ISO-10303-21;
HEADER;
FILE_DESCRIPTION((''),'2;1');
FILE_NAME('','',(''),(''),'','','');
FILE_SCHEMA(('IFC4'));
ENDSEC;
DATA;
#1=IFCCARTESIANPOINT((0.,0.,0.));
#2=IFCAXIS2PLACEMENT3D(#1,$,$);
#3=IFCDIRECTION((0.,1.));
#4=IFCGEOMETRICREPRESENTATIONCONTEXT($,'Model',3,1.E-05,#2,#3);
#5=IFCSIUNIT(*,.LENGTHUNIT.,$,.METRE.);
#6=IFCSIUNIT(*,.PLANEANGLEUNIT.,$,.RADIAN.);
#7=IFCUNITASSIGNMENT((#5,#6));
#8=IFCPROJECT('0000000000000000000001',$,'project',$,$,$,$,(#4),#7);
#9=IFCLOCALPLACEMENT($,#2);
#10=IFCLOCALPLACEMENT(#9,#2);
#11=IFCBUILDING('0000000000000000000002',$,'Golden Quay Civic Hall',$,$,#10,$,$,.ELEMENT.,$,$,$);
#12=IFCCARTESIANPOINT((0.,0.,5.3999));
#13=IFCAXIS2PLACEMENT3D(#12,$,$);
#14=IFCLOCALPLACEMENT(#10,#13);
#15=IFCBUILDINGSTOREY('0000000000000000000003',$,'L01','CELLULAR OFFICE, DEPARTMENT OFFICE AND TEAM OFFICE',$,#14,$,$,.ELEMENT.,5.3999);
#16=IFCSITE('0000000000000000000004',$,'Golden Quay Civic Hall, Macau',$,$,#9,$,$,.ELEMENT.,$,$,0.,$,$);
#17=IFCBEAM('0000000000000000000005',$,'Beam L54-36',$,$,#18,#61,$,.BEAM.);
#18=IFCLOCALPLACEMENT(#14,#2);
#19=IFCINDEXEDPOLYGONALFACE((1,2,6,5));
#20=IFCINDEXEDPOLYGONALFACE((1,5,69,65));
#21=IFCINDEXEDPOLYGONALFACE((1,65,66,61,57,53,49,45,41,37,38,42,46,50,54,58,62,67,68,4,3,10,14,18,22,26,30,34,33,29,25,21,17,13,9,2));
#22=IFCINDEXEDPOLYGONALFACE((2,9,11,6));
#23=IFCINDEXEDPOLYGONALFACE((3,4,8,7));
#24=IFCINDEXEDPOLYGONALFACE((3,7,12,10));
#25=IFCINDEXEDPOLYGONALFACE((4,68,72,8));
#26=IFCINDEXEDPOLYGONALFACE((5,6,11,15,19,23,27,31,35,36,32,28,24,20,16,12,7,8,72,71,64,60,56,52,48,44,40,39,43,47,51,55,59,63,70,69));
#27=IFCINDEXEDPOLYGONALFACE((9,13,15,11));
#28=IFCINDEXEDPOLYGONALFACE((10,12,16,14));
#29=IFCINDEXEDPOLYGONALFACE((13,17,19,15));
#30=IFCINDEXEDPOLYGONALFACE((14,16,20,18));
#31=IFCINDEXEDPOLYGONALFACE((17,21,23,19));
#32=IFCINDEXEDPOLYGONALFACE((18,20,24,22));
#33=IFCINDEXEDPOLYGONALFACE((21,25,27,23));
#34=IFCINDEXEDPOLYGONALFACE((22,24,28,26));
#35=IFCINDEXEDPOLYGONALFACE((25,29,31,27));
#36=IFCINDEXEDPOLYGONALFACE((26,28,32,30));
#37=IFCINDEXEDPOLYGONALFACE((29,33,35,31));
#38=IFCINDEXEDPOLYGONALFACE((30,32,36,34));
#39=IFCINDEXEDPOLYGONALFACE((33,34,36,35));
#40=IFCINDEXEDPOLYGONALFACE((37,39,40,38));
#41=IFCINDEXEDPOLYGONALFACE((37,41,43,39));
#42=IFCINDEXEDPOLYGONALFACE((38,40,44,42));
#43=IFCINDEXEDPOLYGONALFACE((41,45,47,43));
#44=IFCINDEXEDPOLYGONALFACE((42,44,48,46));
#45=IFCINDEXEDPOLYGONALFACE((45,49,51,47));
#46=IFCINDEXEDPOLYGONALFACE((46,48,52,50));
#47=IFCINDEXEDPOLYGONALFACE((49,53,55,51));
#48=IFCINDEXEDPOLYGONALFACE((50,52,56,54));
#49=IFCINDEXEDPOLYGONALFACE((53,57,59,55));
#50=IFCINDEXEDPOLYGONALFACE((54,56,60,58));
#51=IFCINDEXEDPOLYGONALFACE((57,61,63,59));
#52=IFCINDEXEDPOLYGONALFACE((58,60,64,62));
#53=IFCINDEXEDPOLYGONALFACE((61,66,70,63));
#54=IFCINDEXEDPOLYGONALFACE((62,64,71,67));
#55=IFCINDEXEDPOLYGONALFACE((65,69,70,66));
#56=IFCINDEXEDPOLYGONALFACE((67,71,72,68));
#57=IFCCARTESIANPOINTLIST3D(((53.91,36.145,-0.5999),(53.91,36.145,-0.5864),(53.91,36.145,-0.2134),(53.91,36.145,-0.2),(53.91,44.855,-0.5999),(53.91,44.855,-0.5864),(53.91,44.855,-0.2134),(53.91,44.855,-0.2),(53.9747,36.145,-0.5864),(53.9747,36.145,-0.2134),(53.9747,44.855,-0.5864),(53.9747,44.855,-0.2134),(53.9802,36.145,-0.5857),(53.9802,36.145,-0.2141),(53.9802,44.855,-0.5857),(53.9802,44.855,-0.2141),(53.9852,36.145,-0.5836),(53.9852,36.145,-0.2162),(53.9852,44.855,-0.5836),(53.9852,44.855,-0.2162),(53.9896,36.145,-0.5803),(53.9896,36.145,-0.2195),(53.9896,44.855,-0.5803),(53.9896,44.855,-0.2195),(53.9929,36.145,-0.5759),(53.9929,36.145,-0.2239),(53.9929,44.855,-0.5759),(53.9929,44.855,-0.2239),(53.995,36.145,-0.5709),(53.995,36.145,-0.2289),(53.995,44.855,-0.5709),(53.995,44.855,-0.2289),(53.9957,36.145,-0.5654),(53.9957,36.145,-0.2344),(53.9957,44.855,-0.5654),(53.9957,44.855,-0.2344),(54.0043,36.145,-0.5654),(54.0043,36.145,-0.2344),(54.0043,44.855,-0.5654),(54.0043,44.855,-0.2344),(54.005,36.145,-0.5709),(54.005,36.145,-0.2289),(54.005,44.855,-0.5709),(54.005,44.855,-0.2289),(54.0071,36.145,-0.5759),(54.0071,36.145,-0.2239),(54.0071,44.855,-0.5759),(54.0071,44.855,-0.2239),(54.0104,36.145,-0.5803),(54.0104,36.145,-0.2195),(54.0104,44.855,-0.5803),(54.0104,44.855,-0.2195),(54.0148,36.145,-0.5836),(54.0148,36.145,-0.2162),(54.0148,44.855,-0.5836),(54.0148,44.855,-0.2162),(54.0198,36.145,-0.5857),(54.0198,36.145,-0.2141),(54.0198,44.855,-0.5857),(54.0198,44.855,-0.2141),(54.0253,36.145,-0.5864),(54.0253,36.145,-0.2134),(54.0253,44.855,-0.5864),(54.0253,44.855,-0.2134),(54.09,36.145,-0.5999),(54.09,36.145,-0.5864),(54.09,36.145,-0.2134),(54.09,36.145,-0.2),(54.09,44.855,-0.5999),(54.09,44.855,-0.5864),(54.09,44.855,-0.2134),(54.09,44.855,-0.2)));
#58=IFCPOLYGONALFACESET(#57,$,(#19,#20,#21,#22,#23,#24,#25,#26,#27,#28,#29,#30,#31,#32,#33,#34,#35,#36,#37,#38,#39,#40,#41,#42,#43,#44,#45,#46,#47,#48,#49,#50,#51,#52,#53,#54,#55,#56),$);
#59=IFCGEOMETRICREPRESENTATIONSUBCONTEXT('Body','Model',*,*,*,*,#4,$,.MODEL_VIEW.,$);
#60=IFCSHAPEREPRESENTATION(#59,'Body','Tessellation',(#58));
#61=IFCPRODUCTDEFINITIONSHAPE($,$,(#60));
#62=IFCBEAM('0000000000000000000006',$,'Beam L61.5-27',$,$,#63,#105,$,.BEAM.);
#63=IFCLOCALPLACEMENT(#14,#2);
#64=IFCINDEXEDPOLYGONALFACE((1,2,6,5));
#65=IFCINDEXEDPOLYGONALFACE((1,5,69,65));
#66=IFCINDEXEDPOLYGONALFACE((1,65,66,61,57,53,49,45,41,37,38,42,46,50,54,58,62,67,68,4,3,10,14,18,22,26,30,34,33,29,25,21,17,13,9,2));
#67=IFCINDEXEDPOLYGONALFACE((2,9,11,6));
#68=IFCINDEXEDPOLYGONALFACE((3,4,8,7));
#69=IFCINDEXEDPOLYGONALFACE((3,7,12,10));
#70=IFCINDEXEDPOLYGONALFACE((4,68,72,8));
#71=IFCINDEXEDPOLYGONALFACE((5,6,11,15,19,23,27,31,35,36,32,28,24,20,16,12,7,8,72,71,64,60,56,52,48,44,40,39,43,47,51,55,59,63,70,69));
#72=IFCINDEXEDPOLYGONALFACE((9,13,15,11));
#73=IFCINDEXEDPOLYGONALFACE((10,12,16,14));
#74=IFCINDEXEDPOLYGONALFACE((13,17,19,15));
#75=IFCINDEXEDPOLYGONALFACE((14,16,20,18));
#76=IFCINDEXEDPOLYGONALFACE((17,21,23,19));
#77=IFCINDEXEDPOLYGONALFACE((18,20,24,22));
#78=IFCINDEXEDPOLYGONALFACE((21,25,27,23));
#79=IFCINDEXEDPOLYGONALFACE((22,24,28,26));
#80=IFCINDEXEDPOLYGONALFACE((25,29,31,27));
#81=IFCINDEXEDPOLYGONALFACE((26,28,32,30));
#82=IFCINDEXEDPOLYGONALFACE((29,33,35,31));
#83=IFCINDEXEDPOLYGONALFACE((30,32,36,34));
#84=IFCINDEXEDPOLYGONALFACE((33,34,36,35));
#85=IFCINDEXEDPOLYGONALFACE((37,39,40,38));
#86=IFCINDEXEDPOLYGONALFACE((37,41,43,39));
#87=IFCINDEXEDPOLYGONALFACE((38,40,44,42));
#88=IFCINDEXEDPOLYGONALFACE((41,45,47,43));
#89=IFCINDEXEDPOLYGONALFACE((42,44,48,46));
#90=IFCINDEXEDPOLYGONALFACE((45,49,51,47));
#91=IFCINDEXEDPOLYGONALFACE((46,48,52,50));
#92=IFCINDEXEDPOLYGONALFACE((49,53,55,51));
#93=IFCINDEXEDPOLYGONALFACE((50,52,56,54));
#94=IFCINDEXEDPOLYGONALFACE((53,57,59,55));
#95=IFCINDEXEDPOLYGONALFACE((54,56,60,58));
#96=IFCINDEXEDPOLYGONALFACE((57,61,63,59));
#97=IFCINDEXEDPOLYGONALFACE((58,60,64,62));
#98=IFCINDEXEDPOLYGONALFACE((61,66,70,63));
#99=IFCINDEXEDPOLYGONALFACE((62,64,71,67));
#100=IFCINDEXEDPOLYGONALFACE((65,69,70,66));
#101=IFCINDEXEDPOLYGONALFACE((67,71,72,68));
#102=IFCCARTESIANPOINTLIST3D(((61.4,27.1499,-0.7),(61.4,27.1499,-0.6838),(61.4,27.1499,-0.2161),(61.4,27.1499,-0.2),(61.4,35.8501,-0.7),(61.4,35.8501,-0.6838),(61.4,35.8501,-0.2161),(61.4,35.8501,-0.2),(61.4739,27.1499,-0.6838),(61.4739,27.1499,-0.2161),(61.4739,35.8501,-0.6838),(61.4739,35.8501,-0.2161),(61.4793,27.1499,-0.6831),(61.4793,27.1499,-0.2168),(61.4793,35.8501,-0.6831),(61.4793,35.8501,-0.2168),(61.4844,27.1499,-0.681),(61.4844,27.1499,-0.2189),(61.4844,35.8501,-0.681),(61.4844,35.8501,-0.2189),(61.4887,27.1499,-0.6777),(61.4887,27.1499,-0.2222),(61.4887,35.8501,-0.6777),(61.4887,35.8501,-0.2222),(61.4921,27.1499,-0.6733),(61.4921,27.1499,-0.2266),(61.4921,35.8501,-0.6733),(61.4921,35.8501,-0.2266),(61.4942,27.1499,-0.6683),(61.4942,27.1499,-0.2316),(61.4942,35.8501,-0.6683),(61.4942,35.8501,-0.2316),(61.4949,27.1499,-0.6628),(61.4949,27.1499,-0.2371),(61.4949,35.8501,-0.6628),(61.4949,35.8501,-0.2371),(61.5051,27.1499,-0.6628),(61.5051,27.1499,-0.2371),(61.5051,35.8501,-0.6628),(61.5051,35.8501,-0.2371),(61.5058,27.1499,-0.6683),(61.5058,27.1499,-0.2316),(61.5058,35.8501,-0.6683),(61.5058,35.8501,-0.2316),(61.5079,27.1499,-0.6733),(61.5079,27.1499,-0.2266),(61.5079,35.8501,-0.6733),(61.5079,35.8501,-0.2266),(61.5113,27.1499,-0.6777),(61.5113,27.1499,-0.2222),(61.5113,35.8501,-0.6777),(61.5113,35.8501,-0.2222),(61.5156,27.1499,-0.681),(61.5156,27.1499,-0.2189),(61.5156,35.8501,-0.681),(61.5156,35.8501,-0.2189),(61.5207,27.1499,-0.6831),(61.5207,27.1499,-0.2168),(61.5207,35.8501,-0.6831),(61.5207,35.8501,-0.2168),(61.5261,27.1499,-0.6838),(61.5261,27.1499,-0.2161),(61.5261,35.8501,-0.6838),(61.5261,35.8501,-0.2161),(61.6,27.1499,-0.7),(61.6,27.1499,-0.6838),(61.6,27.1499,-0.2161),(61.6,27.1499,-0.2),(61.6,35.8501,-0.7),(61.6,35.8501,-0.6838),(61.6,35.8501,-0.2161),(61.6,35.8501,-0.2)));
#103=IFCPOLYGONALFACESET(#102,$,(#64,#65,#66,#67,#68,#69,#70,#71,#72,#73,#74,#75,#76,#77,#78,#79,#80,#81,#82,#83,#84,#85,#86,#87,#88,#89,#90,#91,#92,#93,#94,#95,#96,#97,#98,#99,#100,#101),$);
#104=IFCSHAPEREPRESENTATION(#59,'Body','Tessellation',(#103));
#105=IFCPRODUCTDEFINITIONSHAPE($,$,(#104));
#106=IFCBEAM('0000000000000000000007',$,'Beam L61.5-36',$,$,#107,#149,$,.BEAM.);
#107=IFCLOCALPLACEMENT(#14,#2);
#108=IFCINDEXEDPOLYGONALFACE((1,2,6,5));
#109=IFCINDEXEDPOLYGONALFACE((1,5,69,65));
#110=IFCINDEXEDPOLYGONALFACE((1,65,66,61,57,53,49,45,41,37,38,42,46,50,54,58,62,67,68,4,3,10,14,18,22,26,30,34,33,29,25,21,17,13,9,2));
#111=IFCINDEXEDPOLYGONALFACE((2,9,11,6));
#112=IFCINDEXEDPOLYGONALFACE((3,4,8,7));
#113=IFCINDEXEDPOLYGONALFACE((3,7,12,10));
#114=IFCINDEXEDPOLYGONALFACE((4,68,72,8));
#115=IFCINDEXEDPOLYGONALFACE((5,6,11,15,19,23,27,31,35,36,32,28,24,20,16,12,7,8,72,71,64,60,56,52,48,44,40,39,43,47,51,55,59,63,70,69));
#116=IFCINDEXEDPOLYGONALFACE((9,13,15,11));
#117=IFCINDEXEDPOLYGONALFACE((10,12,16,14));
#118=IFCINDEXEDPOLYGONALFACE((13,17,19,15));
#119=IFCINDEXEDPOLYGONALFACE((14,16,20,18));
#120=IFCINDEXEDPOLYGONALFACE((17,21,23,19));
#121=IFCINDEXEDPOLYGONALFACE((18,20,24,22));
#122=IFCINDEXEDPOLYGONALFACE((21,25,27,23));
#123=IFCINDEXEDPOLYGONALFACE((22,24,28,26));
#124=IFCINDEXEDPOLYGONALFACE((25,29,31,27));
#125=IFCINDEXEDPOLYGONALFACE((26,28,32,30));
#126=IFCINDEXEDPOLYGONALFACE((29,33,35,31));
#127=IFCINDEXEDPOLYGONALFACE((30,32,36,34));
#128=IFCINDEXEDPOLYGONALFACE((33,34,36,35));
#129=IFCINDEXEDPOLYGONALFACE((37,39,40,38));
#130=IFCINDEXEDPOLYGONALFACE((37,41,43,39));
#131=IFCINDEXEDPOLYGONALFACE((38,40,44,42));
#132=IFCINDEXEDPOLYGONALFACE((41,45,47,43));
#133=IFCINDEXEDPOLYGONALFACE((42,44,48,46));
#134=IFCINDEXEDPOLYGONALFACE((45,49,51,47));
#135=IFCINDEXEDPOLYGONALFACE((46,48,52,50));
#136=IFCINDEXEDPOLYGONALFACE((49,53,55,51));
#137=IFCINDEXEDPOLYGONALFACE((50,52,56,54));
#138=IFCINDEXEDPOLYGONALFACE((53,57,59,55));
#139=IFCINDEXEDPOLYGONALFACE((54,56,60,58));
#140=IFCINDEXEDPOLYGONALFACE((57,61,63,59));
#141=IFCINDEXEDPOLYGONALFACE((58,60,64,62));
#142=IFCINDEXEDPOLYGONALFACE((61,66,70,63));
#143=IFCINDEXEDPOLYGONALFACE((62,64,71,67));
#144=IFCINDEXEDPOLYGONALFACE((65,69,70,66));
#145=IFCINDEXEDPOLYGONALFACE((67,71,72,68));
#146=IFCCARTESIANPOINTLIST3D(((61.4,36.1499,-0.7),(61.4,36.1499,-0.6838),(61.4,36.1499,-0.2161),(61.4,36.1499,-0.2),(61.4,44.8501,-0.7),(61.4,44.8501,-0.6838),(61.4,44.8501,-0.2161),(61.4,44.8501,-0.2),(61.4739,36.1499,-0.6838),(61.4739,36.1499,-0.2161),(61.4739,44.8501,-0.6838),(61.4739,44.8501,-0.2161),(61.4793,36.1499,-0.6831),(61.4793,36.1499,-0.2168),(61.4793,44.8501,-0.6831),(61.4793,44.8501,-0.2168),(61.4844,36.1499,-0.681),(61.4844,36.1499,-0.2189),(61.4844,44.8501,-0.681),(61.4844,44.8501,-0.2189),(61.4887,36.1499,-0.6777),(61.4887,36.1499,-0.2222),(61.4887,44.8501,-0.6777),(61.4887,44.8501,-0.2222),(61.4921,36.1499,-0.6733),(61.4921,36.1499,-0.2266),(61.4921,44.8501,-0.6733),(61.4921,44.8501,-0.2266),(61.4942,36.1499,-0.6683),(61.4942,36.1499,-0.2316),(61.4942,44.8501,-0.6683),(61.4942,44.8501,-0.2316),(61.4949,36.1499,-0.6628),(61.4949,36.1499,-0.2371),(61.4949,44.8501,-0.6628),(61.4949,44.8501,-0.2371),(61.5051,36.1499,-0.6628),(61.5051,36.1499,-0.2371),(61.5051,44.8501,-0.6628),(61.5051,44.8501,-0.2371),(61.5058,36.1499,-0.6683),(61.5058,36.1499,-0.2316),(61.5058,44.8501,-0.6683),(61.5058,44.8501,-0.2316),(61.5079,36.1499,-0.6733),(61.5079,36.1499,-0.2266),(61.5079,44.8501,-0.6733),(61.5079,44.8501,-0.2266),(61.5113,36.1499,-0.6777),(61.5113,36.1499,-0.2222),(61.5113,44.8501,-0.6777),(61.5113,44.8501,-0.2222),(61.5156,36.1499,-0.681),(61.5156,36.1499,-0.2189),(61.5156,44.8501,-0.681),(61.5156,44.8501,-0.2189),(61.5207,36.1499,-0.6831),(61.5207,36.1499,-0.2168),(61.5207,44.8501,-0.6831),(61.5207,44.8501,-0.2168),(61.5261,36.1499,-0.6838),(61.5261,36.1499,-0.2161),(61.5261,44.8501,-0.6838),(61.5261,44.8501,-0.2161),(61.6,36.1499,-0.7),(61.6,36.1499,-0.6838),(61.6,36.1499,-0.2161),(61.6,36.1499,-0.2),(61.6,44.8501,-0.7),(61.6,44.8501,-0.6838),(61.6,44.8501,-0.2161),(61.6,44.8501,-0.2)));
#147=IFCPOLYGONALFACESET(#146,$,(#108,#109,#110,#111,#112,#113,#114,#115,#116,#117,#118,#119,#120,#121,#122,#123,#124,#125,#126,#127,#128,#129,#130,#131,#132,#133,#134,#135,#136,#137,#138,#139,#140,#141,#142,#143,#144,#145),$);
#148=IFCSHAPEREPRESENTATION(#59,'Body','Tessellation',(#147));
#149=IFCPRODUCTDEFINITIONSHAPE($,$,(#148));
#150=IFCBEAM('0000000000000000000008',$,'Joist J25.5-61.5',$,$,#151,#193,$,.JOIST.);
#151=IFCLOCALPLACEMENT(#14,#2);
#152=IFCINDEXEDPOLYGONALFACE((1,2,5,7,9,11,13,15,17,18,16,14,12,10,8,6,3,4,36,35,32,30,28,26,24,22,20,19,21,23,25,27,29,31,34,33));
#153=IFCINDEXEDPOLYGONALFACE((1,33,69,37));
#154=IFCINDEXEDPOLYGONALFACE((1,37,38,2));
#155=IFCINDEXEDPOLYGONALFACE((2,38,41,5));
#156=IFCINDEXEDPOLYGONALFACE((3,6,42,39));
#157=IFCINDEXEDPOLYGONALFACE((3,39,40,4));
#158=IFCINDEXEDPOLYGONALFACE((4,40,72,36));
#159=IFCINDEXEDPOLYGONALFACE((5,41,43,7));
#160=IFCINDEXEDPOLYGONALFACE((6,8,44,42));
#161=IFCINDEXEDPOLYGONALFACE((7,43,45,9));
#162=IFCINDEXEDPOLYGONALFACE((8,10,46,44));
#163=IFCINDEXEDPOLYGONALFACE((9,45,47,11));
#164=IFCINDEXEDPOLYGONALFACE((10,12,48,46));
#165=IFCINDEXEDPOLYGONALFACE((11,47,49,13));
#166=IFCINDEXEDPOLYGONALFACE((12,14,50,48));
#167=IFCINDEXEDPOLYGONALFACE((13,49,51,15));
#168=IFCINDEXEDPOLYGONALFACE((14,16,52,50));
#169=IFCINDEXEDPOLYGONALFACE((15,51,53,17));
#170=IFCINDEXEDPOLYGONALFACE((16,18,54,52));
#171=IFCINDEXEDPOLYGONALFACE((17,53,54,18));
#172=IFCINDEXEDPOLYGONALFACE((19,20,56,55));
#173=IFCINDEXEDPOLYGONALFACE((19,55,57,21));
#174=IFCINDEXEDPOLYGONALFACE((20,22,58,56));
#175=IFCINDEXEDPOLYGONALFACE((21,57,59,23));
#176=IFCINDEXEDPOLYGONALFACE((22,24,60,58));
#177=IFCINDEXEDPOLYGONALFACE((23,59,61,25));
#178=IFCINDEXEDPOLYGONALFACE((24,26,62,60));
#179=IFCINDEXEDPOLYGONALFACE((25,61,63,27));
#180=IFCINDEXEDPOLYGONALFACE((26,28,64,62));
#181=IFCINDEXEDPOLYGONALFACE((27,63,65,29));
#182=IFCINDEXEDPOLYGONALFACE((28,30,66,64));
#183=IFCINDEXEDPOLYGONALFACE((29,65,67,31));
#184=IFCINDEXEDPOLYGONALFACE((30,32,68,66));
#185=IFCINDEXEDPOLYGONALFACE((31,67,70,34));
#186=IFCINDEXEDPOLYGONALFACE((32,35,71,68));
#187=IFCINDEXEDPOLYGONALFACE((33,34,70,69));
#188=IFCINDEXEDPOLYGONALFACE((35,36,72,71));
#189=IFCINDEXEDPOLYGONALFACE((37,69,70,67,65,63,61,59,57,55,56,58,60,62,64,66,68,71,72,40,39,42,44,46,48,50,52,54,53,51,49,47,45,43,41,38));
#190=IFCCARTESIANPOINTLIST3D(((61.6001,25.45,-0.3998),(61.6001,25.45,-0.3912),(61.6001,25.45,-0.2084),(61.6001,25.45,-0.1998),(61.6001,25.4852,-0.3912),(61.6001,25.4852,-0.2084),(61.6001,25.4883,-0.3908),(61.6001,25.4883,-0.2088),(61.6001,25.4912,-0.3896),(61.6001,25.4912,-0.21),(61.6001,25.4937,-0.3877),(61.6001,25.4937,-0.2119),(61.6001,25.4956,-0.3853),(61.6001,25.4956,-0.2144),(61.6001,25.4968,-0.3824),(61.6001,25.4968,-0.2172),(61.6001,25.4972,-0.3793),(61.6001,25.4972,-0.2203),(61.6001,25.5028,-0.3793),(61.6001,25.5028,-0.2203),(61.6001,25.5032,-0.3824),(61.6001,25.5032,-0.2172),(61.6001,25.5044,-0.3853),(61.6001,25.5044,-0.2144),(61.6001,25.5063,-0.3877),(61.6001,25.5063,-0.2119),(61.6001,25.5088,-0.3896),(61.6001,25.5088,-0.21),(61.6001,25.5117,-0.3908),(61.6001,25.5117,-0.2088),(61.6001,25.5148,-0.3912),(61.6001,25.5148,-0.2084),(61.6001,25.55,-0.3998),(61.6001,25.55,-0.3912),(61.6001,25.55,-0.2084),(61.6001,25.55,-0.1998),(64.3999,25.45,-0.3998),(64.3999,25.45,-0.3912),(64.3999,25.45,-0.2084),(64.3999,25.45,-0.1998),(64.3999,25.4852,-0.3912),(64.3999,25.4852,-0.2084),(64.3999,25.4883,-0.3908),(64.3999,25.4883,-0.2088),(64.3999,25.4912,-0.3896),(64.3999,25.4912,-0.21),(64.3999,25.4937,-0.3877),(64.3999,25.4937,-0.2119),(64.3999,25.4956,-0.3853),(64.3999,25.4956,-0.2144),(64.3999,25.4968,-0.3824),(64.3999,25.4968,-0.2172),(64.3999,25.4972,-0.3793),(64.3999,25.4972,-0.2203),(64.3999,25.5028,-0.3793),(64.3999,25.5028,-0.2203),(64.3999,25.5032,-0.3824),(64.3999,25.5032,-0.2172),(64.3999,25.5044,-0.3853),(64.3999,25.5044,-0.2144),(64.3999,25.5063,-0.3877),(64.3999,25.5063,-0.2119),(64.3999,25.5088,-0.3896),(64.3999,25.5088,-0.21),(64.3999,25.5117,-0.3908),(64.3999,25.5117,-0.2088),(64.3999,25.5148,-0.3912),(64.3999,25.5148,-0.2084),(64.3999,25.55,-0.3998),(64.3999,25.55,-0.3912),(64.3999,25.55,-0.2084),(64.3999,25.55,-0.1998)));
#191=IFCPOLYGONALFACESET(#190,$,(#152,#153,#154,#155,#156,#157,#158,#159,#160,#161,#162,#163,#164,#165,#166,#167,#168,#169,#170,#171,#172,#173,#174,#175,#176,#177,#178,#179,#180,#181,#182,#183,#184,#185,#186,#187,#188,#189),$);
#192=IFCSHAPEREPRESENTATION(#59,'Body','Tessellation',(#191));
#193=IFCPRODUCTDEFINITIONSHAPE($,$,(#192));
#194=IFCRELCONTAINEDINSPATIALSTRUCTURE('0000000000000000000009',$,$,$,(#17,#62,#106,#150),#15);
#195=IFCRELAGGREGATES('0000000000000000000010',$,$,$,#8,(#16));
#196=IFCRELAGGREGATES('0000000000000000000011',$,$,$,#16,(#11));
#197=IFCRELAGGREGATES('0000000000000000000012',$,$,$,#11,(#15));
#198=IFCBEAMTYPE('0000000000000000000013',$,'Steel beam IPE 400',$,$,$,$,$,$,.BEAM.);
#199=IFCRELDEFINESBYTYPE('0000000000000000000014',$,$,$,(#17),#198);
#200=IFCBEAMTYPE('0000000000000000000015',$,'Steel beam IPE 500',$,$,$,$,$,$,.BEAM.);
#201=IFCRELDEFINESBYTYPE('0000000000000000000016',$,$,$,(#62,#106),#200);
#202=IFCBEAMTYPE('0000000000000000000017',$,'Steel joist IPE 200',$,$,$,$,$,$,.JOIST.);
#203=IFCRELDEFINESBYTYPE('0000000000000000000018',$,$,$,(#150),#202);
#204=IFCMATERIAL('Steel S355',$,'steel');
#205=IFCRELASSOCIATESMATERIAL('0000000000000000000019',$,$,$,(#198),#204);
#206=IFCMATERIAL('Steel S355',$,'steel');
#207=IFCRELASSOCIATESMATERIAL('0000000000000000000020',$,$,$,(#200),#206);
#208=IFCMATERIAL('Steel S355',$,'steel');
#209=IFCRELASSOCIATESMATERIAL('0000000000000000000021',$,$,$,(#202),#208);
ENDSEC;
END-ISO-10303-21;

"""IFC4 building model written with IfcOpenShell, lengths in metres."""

from ifc_helpers import new_model, si_unit, direction, frame, origin, origin_2d, place, context, subcontext, project, spatial, i_section, extrude, material, material_profile, profile_set, type_object, element, save


model = new_model("IFC4")

# Units and contexts
model_context = context("Model", 3, precision=1e-05, world=origin(), true_north=direction((0.0, 1.0)))
body_context = subcontext(model_context, "Body", "Model", "MODEL_VIEW")
ifc_project = project(units=[si_unit("LENGTHUNIT", "METRE"), si_unit("PLANEANGLEUNIT", "RADIAN")], contexts=[model_context])

# Site, building, storey
site_placement = place(None, origin())
site = spatial("IfcSite", under=ifc_project, at=site_placement, Name="Golden Quay Civic Hall, Macau", CompositionType="ELEMENT", RefElevation=0.0)
building_placement = place(site_placement, origin())
building = spatial("IfcBuilding", under=site, at=building_placement, Name="Golden Quay Civic Hall", CompositionType="ELEMENT")
storey_placement = place(building_placement, frame((0.0, 0.0, 5.3999)))
storey = spatial("IfcBuildingStorey", under=building, at=storey_placement, Name="L01", Description="CELLULAR OFFICE, DEPARTMENT OFFICE AND TEAM OFFICE", CompositionType="ELEMENT", Elevation=5.3999)

# Beams
ifc_material_1 = material(Name="Steel S355", Category="steel")
ifc_material_profile_1 = material_profile(ifc_material_1, i_section(OverallWidth=0.1799, OverallDepth=0.3999, WebThickness=0.0085, FlangeThickness=0.0134, FilletRadius=0.021, at=origin_2d()), Name="IPE 400")
ifc_profile_set_1 = profile_set([ifc_material_profile_1], Name="Steel S355")
beam_type_1 = type_object("IfcBeamType", Name="Steel beam IPE 400", PredefinedType="BEAM", material=ifc_profile_set_1)
for number, where, z_axis, x_axis, name in (
    (1, (54.0, 36.145, -0.3999), (0.0, 1.0, 0.0), (-1.0, 0.0, 0.0), "Beam L54-36"),
):
    element("IfcBeam", number, at=place(storey_placement, frame(where, z_axis=z_axis, x_axis=x_axis)), inside=storey, type_object=beam_type_1, Name=name, PredefinedType="BEAM", context=body_context, shape_type="SweptSolid", body=[
        extrude(i_section(OverallWidth=0.1799, OverallDepth=0.3999, WebThickness=0.0085, FlangeThickness=0.0134, FilletRadius=0.021, at=origin_2d()), origin(), (0.0, 0.0, 1.0), 8.71),
    ])
ifc_material_2 = material(Name="Steel S355", Category="steel")
ifc_material_profile_2 = material_profile(ifc_material_2, i_section(OverallWidth=0.2, OverallDepth=0.5, WebThickness=0.0103, FlangeThickness=0.0161, FilletRadius=0.021, at=origin_2d()), Name="IPE 500")
ifc_profile_set_2 = profile_set([ifc_material_profile_2], Name="Steel S355")
beam_type_2 = type_object("IfcBeamType", Name="Steel beam IPE 500", PredefinedType="BEAM", material=ifc_profile_set_2)
for number, where, z_axis, x_axis, name in (
    (2, (61.5, 27.1499, -0.45), (0.0, 1.0, 0.0), (-1.0, 0.0, 0.0), "Beam L61.5-27"),
    (3, (61.5, 36.1499, -0.45), (0.0, 1.0, 0.0), (-1.0, 0.0, 0.0), "Beam L61.5-36"),
):
    element("IfcBeam", number, at=place(storey_placement, frame(where, z_axis=z_axis, x_axis=x_axis)), inside=storey, type_object=beam_type_2, Name=name, PredefinedType="BEAM", context=body_context, shape_type="SweptSolid", body=[
        extrude(i_section(OverallWidth=0.2, OverallDepth=0.5, WebThickness=0.0103, FlangeThickness=0.0161, FilletRadius=0.021, at=origin_2d()), origin(), (0.0, 0.0, 1.0), 8.7002),
    ])
ifc_material_3 = material(Name="Steel S355", Category="steel")
ifc_material_profile_3 = material_profile(ifc_material_3, i_section(OverallWidth=0.1001, OverallDepth=0.2, WebThickness=0.0056, FlangeThickness=0.0085, FilletRadius=0.012, at=origin_2d()), Name="IPE 200")
ifc_profile_set_3 = profile_set([ifc_material_profile_3], Name="Steel S355")
beam_type_3 = type_object("IfcBeamType", Name="Steel joist IPE 200", PredefinedType="JOIST", material=ifc_profile_set_3)
beam_1_placement = place(storey_placement, frame((61.6001, 25.5, -0.2998), z_axis=(1.0, 0.0, 0.0), x_axis=(0.0, 1.0, 0.0)))
element("IfcBeam", 4, at=beam_1_placement, inside=storey, type_object=beam_type_3, Name="Joist J25.5-61.5", PredefinedType="JOIST", context=body_context, shape_type="SweptSolid", body=[
    extrude(i_section(OverallWidth=0.1001, OverallDepth=0.2, WebThickness=0.0056, FlangeThickness=0.0085, FilletRadius=0.012, at=origin_2d()), origin(), (0.0, 0.0, 1.0), 2.7998),
])

save(model, "model.ifc")
